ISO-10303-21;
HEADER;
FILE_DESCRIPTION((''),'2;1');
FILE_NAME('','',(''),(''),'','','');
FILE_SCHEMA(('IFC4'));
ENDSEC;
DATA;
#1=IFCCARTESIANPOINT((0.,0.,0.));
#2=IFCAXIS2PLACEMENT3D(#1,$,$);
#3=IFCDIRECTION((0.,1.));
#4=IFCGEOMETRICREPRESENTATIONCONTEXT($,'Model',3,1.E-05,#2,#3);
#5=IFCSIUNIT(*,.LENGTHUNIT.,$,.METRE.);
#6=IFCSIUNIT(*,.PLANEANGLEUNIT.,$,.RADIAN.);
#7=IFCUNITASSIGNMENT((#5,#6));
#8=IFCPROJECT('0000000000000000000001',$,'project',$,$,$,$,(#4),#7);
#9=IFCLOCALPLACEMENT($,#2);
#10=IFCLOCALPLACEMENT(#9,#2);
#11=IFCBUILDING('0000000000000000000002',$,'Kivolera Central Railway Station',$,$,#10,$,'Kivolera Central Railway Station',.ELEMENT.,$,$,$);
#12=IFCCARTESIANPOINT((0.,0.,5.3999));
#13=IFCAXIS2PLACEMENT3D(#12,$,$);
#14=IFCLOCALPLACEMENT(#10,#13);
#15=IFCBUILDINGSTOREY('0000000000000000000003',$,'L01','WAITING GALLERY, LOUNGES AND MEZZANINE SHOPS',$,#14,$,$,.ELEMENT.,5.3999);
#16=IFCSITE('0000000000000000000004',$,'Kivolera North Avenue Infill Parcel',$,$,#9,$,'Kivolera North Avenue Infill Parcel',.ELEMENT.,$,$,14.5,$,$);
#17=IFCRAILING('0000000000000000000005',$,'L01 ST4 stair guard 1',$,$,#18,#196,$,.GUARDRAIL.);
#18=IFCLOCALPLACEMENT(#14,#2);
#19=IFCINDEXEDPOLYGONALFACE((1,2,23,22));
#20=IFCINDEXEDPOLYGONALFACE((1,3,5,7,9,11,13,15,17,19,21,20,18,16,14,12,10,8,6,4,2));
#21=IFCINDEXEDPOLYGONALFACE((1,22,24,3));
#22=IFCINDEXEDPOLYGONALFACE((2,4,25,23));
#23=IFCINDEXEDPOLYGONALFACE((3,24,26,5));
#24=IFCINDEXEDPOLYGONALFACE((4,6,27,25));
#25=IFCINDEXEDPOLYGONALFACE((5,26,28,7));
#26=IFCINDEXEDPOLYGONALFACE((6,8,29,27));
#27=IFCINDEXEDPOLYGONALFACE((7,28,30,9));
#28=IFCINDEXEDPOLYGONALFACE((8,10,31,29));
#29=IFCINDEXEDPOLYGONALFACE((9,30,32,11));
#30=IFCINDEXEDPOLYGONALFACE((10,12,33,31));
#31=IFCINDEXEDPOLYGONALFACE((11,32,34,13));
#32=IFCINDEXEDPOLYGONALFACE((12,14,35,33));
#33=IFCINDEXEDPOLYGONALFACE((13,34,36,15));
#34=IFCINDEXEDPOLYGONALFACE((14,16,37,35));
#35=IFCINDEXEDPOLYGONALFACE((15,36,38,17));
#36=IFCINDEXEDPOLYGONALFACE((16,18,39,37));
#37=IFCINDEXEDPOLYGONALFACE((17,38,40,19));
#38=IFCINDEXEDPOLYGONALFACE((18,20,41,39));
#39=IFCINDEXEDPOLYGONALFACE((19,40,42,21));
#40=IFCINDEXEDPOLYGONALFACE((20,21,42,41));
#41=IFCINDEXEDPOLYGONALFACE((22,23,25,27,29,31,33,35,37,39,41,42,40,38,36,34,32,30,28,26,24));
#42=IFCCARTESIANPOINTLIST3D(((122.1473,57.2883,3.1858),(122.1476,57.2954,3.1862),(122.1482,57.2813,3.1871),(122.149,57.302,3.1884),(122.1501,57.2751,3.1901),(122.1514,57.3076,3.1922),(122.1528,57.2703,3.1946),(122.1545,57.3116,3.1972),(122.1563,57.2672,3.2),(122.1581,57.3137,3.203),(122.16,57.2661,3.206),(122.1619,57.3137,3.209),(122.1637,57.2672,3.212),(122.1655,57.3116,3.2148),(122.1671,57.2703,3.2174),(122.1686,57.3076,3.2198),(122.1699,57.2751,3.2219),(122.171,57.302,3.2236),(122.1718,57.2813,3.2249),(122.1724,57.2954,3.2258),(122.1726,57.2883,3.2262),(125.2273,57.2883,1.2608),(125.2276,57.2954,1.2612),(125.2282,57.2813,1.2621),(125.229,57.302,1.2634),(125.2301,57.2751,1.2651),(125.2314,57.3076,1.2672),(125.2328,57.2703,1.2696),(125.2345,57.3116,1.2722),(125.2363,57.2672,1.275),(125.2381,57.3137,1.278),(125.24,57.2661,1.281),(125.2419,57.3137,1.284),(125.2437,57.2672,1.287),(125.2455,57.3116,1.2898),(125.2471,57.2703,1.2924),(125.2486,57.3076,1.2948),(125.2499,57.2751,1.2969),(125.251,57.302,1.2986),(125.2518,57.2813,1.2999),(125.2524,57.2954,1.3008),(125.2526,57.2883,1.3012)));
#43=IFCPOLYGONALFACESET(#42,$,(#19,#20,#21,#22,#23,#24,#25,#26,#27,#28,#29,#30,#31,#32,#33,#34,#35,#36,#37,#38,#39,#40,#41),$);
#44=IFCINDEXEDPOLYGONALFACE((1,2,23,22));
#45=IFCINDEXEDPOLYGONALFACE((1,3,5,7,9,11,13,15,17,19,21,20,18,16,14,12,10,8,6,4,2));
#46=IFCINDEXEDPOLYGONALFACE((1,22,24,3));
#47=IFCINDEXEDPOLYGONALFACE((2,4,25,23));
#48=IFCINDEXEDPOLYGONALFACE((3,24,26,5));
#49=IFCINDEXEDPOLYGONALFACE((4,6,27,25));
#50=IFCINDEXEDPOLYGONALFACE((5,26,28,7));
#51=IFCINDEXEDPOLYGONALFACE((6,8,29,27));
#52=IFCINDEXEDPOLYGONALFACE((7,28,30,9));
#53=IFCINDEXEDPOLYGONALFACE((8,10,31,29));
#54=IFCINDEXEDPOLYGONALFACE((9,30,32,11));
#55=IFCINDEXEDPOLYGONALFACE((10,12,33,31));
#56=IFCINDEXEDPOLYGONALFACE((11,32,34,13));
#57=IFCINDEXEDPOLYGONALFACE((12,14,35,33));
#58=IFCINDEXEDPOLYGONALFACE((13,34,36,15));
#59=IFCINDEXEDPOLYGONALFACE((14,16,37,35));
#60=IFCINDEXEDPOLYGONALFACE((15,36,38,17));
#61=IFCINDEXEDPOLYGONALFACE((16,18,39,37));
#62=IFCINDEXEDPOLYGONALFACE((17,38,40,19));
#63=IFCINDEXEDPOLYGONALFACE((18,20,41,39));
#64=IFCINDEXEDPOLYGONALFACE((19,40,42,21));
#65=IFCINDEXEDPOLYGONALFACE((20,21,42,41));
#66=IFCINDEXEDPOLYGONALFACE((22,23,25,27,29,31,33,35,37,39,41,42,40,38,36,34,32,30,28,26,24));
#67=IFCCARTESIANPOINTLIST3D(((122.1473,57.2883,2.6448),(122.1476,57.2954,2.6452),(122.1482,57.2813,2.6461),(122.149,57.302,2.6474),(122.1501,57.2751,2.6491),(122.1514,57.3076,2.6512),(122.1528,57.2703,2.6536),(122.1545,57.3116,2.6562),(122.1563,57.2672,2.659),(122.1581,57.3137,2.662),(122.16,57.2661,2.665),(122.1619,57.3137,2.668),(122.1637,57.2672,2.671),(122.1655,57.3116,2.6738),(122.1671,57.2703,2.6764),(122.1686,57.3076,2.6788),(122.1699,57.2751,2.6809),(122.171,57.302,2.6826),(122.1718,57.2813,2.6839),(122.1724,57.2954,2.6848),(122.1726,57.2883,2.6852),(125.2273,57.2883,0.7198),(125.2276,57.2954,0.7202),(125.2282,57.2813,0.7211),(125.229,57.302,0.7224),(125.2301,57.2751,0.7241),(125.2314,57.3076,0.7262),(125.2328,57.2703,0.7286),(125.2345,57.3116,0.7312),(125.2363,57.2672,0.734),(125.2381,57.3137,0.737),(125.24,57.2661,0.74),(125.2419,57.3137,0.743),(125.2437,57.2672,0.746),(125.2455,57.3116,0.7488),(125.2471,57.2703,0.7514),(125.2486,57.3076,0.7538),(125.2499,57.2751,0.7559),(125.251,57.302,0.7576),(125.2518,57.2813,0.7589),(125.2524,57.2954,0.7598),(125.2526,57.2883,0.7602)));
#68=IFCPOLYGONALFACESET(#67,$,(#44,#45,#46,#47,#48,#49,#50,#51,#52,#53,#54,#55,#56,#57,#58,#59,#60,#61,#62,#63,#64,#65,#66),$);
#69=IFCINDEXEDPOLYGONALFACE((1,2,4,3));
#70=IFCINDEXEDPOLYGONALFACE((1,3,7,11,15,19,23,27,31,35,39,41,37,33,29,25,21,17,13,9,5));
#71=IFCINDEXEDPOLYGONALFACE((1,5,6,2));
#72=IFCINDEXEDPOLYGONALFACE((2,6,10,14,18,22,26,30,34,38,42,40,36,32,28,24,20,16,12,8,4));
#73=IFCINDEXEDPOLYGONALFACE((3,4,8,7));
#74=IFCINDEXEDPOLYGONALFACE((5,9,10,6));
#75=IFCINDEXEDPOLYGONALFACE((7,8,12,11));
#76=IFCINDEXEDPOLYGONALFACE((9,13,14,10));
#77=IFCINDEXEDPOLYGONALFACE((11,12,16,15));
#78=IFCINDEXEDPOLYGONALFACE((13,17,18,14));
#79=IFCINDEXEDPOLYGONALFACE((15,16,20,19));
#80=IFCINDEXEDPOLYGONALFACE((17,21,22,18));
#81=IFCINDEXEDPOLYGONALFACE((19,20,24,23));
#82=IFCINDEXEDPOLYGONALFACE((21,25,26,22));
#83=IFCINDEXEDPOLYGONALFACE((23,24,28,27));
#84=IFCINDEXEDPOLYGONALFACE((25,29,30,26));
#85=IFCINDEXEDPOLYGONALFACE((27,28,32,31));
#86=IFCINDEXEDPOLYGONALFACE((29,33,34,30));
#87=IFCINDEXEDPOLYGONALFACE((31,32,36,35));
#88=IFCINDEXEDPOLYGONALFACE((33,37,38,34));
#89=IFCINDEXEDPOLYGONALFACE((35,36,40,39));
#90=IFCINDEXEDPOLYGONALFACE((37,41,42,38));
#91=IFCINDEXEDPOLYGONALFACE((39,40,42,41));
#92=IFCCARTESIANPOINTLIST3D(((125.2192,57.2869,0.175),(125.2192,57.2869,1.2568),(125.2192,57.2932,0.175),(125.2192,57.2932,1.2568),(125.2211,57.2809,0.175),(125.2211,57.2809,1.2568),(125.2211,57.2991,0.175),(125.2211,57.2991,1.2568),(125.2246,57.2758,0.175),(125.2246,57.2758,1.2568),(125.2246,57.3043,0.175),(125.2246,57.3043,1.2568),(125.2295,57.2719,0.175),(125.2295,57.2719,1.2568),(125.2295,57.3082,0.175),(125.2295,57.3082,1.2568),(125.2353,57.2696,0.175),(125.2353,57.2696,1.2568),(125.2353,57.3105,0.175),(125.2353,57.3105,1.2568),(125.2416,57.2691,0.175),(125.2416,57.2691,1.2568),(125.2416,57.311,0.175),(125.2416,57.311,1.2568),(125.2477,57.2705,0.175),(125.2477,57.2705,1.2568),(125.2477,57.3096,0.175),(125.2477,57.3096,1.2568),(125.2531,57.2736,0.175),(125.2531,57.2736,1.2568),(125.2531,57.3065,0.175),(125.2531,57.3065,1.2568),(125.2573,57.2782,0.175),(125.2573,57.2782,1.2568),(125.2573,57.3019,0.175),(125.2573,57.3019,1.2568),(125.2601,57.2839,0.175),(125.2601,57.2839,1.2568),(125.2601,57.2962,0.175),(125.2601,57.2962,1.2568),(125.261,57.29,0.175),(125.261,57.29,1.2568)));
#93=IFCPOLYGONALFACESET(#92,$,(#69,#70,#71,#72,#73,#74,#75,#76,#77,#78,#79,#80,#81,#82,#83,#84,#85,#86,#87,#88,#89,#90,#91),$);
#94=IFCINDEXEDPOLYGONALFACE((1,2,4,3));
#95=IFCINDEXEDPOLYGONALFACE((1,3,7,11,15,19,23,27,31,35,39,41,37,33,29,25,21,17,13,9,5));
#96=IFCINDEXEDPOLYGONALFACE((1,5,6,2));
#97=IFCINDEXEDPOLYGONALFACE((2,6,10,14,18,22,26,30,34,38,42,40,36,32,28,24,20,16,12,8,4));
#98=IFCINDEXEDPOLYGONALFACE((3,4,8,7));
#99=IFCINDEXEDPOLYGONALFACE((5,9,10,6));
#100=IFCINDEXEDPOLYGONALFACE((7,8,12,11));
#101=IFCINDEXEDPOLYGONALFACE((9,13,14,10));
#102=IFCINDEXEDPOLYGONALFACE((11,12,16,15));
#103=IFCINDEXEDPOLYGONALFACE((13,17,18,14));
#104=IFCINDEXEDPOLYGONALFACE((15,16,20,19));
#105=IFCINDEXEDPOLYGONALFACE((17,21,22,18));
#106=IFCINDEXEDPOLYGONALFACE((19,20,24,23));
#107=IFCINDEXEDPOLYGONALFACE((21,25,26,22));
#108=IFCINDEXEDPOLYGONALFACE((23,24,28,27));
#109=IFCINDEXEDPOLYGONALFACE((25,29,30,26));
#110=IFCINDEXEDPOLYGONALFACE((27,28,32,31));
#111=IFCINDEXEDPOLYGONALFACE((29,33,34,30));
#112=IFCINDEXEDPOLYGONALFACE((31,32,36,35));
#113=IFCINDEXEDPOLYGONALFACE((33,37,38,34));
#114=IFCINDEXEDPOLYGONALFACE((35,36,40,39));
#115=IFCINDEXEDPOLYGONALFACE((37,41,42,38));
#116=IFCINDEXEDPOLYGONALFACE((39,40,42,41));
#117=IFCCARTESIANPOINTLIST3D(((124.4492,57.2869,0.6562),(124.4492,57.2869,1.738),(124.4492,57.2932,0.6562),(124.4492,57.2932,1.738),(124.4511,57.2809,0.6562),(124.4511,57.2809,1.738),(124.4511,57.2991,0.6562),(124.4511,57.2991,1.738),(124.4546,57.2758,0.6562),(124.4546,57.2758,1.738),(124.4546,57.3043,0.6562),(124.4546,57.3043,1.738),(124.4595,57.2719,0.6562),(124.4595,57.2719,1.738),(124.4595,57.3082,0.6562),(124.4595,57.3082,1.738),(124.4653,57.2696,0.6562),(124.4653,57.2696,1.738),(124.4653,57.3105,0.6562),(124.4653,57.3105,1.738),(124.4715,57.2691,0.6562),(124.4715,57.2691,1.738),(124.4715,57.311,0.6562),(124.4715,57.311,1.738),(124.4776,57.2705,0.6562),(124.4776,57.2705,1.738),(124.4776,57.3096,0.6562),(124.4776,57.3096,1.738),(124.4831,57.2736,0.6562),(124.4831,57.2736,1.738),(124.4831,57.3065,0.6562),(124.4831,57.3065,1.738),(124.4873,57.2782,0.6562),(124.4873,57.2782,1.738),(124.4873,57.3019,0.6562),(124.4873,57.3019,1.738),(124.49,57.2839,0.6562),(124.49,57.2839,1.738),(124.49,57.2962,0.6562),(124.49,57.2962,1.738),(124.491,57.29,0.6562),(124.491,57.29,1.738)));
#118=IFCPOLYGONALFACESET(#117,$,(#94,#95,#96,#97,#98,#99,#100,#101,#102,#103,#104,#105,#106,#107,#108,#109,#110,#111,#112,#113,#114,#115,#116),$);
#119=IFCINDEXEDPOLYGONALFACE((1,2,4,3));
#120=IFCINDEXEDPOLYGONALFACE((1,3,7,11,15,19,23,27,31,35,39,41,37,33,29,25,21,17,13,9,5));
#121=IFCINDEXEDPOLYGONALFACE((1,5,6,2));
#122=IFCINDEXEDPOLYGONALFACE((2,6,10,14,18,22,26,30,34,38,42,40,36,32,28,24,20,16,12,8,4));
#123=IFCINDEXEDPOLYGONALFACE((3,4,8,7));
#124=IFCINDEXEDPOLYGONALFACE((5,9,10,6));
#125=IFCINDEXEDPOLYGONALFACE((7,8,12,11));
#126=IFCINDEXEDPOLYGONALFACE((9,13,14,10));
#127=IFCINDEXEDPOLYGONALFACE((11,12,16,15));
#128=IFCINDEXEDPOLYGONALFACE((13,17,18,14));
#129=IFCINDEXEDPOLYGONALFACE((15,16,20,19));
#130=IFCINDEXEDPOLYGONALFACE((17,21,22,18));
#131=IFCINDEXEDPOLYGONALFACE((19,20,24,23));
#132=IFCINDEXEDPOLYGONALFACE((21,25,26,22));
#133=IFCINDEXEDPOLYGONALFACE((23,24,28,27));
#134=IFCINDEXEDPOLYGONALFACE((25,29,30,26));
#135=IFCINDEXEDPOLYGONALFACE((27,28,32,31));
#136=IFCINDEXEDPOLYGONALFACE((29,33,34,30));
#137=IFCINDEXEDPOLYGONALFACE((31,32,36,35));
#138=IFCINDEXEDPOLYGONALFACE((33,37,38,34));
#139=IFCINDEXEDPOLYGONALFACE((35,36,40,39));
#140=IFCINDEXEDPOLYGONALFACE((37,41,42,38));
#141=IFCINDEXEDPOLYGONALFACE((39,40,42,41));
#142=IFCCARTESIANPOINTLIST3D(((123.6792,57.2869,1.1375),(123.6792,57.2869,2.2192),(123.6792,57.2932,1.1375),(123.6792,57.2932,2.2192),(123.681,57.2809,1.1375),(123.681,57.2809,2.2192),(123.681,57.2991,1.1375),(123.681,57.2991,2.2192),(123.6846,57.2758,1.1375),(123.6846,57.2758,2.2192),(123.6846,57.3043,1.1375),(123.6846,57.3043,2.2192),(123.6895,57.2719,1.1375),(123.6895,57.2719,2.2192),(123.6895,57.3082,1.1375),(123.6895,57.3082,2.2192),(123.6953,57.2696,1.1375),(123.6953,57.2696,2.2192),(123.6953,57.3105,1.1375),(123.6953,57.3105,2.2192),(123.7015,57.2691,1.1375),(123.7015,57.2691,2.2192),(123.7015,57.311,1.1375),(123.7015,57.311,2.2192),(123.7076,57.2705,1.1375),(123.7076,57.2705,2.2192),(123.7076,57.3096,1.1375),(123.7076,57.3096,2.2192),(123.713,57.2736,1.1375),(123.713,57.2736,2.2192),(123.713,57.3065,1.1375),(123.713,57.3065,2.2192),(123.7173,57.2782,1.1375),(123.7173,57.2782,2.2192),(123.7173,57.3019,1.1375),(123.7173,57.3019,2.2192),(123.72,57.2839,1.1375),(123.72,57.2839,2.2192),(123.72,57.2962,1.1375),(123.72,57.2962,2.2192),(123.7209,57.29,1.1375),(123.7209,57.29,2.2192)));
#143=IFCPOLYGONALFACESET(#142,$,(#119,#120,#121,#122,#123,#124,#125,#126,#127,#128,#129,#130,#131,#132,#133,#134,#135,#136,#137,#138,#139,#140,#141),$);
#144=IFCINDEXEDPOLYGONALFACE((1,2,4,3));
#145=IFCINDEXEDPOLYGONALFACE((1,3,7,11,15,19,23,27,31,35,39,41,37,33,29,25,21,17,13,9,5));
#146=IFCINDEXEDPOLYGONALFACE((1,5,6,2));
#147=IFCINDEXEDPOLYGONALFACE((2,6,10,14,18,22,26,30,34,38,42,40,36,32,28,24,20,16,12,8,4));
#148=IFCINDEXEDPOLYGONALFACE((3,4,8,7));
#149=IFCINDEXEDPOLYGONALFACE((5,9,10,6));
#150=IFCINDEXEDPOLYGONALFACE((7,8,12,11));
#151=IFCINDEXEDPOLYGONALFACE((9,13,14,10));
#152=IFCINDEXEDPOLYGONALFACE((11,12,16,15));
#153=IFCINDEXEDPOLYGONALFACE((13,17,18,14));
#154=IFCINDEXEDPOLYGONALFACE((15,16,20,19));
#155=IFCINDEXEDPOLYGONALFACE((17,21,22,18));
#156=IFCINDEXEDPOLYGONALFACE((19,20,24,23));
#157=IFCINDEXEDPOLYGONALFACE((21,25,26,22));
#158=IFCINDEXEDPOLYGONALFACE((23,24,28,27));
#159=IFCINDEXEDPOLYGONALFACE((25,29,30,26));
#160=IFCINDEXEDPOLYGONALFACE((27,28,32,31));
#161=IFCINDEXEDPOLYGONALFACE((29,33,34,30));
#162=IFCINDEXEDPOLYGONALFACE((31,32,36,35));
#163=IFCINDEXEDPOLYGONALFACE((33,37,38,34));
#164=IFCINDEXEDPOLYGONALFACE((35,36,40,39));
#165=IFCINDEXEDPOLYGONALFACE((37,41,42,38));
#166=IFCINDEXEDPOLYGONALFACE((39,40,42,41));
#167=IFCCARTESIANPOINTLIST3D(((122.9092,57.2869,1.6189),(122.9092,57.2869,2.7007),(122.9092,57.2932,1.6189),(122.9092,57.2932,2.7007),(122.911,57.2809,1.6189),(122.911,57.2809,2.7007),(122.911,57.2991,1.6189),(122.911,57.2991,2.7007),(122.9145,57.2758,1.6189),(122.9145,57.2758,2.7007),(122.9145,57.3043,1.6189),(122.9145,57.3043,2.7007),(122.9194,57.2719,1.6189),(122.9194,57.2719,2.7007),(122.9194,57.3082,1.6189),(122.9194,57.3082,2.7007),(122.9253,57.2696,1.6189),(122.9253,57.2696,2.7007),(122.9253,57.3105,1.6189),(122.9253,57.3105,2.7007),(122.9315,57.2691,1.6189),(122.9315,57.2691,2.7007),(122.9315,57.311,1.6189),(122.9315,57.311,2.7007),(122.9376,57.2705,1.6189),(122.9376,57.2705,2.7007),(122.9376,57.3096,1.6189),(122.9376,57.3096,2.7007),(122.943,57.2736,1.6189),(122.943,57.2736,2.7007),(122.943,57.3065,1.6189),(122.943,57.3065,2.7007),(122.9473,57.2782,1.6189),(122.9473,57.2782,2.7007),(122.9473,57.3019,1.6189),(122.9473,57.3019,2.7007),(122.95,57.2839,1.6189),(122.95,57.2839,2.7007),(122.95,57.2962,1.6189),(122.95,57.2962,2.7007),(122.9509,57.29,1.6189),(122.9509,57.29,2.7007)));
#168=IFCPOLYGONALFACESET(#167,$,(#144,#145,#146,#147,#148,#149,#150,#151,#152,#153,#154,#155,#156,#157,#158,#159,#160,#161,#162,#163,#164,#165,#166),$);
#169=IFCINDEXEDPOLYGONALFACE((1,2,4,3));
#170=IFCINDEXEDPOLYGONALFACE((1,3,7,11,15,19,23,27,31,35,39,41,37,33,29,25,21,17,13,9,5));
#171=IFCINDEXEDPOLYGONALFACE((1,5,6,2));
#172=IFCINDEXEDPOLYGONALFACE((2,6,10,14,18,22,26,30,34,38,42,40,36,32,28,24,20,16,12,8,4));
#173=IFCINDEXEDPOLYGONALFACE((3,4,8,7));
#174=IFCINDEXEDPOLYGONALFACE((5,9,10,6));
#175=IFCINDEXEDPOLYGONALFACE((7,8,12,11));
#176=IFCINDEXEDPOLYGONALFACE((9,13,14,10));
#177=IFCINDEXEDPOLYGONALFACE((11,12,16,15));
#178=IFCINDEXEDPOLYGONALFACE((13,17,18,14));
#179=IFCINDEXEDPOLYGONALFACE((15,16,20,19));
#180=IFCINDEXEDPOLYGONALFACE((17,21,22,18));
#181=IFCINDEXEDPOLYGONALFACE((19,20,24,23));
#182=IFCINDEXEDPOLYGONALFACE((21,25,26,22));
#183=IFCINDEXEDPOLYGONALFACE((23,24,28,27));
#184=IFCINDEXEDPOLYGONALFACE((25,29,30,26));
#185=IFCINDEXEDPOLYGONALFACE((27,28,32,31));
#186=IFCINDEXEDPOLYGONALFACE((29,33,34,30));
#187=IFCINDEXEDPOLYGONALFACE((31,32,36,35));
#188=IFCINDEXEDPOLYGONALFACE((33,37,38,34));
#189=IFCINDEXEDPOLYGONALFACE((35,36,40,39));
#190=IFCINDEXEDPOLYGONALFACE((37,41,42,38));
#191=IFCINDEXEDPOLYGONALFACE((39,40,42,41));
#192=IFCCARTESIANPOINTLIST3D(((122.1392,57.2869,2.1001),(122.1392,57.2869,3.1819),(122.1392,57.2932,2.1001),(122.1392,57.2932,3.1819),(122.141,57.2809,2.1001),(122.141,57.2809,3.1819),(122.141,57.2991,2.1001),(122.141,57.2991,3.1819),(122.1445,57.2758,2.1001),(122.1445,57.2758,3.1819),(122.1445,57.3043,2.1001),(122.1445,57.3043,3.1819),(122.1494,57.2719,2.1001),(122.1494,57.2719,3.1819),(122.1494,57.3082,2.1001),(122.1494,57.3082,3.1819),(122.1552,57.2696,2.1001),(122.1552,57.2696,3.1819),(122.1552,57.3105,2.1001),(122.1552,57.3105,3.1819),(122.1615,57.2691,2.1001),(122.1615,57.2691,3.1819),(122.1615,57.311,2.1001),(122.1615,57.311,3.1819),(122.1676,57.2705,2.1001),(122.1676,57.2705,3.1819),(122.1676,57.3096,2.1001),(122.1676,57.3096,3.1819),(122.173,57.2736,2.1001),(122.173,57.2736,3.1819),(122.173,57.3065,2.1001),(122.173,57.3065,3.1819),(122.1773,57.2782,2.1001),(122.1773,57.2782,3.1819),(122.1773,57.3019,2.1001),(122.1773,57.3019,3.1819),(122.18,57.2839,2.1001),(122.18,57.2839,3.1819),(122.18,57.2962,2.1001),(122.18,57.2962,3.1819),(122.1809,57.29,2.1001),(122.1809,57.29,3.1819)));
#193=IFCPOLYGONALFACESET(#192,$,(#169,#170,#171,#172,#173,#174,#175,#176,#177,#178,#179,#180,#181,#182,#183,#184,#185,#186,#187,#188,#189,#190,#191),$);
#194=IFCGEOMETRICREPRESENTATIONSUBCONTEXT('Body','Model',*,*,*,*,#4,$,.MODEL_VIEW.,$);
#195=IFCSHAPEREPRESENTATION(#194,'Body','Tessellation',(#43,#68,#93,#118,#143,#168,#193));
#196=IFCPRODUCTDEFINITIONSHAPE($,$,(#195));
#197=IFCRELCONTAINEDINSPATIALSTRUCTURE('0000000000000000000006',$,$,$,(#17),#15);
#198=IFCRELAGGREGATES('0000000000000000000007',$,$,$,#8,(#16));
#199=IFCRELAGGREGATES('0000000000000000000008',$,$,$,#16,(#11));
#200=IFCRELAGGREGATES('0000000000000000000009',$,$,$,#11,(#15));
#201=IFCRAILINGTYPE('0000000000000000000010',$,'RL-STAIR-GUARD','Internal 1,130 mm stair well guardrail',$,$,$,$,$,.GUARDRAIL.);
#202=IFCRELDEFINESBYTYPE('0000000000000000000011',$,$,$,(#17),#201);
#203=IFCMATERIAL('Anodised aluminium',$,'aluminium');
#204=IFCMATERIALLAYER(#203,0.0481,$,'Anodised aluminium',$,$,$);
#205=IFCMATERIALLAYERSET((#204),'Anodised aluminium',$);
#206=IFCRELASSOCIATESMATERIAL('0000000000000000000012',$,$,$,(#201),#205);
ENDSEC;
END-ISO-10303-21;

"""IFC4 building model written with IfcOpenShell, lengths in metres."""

from ifc_helpers import new_model, si_unit, direction, frame, origin, origin_2d, place, context, subcontext, project, spatial, circle, extrude, material, layer, layer_set, type_object, element, save


model = new_model("IFC4")

# Units and contexts
model_context = context("Model", 3, precision=1e-05, world=origin(), true_north=direction((0.0, 1.0)))
body_context = subcontext(model_context, "Body", "Model", "MODEL_VIEW")
ifc_project = project(units=[si_unit("LENGTHUNIT", "METRE"), si_unit("PLANEANGLEUNIT", "RADIAN")], contexts=[model_context])

# Site, building, storey
site_placement = place(None, origin())
site = spatial("IfcSite", under=ifc_project, at=site_placement, Name="Kivolera North Avenue Infill Parcel", LongName="Kivolera North Avenue Infill Parcel", CompositionType="ELEMENT", RefElevation=14.5)
building_placement = place(site_placement, origin())
building = spatial("IfcBuilding", under=site, at=building_placement, Name="Kivolera Central Railway Station", LongName="Kivolera Central Railway Station", CompositionType="ELEMENT")
storey_placement = place(building_placement, frame((0.0, 0.0, 5.3999)))
storey = spatial("IfcBuildingStorey", under=building, at=storey_placement, Name="L01", Description="WAITING GALLERY, LOUNGES AND MEZZANINE SHOPS", CompositionType="ELEMENT", Elevation=5.3999)

# Railing
ifc_material_1 = material(Name="Anodised aluminium", Category="aluminium")
ifc_layer_1 = layer(ifc_material_1, 0.0481, Name="Anodised aluminium")
ifc_layer_set_1 = layer_set([ifc_layer_1], Name="Anodised aluminium")
railing_type_1 = type_object("IfcRailingType", Name="RL-STAIR-GUARD", Description="Internal 1,130 mm stair well guardrail", PredefinedType="GUARDRAIL", material=ifc_layer_set_1)
railing_1_placement = place(storey_placement, frame((125.24, 57.29, 0.175)))
element("IfcRailing", 1, at=railing_1_placement, inside=storey, type_object=railing_type_1, Name="L01 ST4 stair guard 1", PredefinedType="GUARDRAIL", context=body_context, shape_type="SweptSolid", body=[
    extrude(circle(Radius=0.0239, at=origin_2d()), frame((0.0, 0.0, 1.106), z_axis=(-0.847998, 0.0, 0.529999), x_axis=(0.0, -1.0, 0.0)), (0.0, 0.0, 1.0), 3.6321),
    extrude(circle(Radius=0.0239, at=origin_2d()), frame((0.0, 0.0, 0.5649), z_axis=(-0.847998, 0.0, 0.529999), x_axis=(0.0, -1.0, 0.0)), (0.0, 0.0, 1.0), 3.6321),
    extrude(circle(Radius=0.021, at=origin_2d()), origin(), (0.0, 0.0, 1.0), 1.0818),
    extrude(circle(Radius=0.021, at=origin_2d()), frame((-0.77, 0.0, 0.4812)), (0.0, 0.0, 1.0), 1.0818),
    extrude(circle(Radius=0.021, at=origin_2d()), frame((-1.54, 0.0, 0.9624)), (0.0, 0.0, 1.0), 1.0818),
    extrude(circle(Radius=0.021, at=origin_2d()), frame((-2.3101, 0.0, 1.4438)), (0.0, 0.0, 1.0), 1.0818),
    extrude(circle(Radius=0.021, at=origin_2d()), frame((-3.0801, 0.0, 1.925)), (0.0, 0.0, 1.0), 1.0818),
])

save(model, "model.ifc")
